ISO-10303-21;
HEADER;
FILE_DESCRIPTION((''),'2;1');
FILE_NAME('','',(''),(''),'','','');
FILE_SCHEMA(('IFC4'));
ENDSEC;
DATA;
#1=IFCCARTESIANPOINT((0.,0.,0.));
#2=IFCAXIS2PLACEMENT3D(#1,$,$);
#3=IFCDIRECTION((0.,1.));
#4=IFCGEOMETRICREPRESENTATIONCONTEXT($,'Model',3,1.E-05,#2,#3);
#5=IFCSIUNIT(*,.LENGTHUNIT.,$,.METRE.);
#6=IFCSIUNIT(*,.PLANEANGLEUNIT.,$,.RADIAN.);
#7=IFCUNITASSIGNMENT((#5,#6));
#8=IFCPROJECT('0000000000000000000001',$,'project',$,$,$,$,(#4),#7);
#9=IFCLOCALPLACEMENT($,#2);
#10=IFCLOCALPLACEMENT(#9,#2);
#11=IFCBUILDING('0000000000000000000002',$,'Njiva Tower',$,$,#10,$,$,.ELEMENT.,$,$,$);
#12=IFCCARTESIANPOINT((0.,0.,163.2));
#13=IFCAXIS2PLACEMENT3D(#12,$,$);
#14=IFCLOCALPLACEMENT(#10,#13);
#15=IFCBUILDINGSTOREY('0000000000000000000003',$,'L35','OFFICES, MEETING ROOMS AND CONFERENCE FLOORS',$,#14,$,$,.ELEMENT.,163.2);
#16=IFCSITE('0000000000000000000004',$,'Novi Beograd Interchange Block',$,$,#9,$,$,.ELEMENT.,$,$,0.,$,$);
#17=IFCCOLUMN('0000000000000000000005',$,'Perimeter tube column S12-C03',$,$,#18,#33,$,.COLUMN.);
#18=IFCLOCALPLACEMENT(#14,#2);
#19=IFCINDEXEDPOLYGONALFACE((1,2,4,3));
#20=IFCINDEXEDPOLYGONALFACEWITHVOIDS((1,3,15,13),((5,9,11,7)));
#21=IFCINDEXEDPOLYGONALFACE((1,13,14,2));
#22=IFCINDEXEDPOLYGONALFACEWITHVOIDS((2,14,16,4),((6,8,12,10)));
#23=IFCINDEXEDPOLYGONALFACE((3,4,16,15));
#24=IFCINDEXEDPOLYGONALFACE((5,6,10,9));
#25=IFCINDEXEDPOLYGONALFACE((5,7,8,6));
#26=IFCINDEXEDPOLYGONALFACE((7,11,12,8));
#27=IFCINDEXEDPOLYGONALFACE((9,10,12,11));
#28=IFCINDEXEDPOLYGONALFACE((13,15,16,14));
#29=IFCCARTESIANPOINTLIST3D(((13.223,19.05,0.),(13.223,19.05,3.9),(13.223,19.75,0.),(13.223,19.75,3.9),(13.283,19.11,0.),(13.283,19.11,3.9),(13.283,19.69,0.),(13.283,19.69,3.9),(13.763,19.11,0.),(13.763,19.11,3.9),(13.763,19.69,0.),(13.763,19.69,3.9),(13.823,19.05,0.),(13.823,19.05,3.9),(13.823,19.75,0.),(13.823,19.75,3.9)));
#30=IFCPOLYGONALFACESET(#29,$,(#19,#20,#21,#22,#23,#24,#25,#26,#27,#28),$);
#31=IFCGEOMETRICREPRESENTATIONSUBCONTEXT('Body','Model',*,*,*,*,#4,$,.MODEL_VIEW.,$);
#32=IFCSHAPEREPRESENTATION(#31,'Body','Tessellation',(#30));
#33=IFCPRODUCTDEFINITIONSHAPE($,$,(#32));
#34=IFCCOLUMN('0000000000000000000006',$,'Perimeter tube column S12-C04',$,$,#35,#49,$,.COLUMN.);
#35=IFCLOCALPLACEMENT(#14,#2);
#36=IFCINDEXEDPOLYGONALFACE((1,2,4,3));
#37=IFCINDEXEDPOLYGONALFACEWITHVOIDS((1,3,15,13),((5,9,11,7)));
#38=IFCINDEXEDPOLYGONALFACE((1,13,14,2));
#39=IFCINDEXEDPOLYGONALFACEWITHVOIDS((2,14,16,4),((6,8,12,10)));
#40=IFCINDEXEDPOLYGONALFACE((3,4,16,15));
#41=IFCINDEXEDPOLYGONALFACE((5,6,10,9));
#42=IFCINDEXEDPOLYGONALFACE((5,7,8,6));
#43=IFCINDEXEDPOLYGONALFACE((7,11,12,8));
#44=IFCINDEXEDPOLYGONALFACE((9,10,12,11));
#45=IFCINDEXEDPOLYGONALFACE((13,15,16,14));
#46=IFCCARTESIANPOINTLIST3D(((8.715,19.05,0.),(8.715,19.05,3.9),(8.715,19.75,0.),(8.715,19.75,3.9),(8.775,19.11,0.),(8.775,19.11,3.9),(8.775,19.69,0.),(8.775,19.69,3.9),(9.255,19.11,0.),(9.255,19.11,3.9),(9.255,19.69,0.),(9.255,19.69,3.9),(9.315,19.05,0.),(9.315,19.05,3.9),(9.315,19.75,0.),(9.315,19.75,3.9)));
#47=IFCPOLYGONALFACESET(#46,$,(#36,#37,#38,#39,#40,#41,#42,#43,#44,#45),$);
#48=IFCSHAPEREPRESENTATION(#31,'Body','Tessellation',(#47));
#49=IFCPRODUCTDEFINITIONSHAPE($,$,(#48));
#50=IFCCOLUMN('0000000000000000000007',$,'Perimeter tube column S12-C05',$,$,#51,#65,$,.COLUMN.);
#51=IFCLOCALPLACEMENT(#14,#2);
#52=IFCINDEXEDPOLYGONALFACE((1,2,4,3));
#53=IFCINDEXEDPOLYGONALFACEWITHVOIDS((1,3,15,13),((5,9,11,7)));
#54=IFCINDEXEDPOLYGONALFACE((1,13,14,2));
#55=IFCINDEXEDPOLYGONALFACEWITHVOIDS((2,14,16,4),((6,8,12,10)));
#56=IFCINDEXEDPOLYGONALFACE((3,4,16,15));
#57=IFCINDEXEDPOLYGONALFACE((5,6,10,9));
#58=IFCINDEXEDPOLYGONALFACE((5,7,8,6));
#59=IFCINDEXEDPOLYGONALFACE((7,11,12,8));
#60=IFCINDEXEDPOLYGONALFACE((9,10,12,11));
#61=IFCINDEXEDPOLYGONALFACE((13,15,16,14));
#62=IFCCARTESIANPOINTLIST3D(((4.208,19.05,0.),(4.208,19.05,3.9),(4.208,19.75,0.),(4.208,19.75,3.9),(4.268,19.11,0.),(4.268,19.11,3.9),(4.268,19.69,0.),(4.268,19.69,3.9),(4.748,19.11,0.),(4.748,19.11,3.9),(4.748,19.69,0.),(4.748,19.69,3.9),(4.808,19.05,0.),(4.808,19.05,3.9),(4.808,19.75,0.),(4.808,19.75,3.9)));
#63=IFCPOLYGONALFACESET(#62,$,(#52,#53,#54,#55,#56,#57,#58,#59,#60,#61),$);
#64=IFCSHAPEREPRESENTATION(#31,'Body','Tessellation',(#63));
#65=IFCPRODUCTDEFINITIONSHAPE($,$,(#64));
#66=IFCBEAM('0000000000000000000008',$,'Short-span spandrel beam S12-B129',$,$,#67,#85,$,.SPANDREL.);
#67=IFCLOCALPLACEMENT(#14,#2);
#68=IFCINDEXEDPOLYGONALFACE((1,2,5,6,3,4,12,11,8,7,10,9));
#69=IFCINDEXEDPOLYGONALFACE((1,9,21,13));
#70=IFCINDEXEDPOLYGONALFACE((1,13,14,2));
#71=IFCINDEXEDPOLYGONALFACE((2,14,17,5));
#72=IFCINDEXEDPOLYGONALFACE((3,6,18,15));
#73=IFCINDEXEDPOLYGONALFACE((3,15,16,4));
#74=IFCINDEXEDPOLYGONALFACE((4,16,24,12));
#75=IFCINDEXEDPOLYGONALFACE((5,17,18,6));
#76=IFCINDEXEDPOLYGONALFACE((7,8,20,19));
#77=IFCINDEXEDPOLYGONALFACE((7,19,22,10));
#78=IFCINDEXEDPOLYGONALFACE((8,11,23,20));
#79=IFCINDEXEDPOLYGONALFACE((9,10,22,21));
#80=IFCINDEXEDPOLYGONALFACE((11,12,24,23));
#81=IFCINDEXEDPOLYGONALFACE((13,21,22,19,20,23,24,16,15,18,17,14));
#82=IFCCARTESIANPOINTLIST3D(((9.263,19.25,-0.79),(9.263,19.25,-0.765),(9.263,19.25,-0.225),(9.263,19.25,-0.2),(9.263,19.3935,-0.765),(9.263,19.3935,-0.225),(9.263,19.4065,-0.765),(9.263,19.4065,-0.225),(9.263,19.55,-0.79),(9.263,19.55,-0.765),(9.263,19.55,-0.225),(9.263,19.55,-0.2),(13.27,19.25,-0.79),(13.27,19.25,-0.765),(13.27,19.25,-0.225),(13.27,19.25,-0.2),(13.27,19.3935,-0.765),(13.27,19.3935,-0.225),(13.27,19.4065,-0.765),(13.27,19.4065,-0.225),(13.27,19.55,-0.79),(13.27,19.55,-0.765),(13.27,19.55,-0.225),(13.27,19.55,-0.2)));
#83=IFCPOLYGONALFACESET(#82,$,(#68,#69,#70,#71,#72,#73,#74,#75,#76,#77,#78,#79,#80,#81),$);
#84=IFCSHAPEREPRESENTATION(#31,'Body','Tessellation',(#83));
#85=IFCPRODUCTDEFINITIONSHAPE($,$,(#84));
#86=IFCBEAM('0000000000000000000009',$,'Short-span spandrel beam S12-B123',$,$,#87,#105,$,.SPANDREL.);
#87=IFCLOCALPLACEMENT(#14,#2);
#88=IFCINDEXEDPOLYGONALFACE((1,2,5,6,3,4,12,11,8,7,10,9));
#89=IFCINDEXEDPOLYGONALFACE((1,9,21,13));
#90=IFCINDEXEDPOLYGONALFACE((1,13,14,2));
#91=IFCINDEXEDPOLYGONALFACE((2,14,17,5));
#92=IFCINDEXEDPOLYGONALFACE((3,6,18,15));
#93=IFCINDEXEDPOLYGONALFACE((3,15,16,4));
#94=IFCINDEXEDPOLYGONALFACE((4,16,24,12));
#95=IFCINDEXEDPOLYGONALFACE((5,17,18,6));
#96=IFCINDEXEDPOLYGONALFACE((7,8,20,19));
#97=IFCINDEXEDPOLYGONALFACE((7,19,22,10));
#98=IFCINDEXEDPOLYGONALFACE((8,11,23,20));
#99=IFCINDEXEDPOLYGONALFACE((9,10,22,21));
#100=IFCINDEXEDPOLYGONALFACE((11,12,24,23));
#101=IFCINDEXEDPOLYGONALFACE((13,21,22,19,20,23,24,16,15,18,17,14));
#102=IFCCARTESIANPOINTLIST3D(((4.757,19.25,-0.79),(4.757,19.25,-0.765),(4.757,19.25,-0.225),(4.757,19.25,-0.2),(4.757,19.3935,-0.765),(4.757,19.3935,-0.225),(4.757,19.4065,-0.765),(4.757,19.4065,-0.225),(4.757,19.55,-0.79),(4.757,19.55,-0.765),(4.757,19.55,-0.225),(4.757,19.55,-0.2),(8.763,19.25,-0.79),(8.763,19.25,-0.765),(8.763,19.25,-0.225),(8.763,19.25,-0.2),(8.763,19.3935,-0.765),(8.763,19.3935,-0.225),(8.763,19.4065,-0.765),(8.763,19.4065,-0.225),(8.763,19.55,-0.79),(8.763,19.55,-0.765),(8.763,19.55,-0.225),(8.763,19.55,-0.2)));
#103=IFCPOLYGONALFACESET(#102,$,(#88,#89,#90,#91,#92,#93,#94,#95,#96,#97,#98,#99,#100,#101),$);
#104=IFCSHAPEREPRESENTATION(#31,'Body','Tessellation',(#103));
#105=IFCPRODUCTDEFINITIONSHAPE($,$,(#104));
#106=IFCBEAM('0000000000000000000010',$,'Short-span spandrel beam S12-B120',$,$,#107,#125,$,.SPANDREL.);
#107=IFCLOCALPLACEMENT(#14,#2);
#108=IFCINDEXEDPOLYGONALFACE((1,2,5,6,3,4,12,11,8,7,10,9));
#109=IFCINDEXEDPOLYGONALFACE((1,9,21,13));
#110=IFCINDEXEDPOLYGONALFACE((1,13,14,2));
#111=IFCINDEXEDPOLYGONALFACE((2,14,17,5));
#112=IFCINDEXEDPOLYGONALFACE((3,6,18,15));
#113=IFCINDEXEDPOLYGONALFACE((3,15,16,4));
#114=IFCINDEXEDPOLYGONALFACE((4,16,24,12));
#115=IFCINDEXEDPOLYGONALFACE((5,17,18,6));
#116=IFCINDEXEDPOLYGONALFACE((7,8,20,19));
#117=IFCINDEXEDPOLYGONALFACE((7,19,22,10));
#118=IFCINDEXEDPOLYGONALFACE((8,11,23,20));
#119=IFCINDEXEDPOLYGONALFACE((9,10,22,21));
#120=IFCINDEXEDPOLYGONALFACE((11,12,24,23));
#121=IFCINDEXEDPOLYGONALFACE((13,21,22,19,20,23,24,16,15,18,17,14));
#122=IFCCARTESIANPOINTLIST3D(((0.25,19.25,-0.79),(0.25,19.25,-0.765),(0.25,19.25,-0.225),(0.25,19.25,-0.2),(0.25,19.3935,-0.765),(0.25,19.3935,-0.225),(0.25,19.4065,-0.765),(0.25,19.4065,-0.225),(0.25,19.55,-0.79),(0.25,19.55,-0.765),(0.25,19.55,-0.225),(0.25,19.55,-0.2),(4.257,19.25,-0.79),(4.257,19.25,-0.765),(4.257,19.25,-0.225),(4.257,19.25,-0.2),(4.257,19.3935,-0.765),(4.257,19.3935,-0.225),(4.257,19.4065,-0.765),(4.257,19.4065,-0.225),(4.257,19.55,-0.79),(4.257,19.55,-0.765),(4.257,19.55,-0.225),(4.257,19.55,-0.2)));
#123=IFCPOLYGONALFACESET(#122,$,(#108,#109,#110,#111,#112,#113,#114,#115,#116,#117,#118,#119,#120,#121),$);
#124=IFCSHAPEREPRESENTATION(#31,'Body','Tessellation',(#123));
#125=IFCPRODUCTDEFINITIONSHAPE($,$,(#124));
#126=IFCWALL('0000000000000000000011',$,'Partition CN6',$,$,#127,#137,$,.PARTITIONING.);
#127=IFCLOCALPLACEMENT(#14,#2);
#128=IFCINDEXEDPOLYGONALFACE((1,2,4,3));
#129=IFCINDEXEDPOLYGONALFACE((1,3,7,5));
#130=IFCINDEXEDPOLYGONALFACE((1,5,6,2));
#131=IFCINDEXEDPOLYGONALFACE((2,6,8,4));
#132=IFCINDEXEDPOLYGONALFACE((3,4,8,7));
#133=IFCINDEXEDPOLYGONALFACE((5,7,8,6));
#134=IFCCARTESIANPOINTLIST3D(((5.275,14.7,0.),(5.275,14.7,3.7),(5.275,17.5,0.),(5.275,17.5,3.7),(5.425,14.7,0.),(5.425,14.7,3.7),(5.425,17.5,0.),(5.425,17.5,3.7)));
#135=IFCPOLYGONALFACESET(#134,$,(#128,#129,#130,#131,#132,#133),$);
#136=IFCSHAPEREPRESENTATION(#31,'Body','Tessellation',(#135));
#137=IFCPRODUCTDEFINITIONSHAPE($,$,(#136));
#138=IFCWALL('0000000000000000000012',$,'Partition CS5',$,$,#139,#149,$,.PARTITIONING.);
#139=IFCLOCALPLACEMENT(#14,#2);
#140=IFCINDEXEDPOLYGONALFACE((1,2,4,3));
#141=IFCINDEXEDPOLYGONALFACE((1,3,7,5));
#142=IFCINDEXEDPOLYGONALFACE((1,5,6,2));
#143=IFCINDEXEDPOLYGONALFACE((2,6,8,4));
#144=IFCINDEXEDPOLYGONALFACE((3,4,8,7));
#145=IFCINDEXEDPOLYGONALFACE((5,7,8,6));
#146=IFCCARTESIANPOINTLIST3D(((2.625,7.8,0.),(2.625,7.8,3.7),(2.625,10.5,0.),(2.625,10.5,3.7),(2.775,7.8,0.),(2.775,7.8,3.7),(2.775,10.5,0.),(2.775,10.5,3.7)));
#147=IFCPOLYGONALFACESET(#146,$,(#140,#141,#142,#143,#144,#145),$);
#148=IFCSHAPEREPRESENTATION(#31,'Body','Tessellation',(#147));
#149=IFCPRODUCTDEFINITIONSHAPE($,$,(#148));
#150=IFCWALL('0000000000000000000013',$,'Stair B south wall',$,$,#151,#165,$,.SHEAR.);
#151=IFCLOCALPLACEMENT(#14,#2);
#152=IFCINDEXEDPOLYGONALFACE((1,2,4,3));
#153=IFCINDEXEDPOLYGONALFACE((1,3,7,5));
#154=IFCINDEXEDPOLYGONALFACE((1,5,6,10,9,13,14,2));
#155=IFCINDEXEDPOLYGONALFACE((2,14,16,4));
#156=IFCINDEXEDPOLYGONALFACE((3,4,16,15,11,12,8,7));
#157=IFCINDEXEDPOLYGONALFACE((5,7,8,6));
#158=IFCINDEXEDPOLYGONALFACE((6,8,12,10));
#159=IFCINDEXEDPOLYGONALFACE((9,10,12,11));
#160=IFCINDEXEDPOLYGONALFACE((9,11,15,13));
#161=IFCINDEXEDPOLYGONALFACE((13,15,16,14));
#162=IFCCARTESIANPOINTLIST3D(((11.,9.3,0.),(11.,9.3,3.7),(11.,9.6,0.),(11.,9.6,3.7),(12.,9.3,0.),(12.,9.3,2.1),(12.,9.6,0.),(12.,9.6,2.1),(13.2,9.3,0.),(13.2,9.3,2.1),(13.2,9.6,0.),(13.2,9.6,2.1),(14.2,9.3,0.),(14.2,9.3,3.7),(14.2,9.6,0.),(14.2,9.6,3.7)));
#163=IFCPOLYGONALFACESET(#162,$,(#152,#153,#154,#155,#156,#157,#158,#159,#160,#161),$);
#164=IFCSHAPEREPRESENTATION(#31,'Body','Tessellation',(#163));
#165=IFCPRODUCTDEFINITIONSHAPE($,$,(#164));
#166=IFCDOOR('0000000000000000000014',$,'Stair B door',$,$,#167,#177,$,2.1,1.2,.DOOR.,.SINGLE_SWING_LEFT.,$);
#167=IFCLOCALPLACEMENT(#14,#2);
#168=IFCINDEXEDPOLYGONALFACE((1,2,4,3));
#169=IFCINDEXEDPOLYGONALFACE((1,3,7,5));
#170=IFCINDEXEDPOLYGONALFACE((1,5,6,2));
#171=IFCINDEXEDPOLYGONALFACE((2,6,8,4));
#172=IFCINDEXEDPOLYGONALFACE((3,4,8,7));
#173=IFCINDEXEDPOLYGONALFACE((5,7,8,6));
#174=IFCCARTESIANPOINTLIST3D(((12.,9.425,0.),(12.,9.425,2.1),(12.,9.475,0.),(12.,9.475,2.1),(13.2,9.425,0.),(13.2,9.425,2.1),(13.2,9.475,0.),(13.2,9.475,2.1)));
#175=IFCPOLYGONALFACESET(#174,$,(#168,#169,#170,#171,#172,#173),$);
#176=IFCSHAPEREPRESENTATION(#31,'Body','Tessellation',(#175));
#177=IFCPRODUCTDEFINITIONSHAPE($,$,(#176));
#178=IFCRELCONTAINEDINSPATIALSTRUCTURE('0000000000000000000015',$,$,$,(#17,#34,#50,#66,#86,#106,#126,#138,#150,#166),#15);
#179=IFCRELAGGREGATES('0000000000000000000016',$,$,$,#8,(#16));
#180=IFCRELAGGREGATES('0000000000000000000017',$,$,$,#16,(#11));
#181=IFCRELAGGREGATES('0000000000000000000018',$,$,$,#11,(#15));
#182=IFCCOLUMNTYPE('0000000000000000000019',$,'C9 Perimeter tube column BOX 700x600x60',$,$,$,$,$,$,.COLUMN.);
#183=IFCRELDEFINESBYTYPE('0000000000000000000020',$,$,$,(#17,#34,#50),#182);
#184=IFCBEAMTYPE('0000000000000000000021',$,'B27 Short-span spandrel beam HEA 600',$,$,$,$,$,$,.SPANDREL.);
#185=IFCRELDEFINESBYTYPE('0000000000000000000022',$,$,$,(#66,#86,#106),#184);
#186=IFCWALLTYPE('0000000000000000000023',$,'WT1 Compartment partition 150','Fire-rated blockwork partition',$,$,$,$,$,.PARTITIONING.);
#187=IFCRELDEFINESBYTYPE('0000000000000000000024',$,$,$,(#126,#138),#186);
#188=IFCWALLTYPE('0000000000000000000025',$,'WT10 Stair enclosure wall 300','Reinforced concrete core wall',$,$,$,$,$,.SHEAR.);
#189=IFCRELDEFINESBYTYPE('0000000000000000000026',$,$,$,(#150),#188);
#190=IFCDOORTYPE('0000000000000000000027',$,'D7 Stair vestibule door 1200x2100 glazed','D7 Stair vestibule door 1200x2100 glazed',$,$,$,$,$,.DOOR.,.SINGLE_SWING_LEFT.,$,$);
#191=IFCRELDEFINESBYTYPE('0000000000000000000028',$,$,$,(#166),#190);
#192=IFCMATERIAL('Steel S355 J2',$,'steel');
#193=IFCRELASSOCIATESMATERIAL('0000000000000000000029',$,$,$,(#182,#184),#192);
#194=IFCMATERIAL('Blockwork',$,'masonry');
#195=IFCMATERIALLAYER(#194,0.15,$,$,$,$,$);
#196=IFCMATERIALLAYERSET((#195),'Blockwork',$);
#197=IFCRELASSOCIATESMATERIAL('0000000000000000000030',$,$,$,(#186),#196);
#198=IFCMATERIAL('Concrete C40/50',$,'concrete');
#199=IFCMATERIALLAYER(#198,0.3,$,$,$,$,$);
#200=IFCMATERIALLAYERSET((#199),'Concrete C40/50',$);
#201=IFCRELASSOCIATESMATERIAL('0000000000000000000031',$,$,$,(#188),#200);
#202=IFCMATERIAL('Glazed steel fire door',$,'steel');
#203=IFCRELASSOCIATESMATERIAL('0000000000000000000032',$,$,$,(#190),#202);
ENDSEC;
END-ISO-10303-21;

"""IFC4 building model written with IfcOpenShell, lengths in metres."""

from ifc_helpers import new_model, si_unit, direction, frame, frame_2d, origin, origin_2d, place, context, subcontext, project, spatial, rectangle, hollow_rectangle, i_section, extrude, material, layer, layer_set, material_profile, profile_set, type_object, element, fill, save


model = new_model("IFC4")

# Units and contexts
model_context = context("Model", 3, precision=1e-05, world=origin(), true_north=direction((0.0, 1.0)))
body_context = subcontext(model_context, "Body", "Model", "MODEL_VIEW")
ifc_project = project(units=[si_unit("LENGTHUNIT", "METRE"), si_unit("PLANEANGLEUNIT", "RADIAN")], contexts=[model_context])

# Site, building, storey
site_placement = place(None, origin())
site = spatial("IfcSite", under=ifc_project, at=site_placement, Name="Novi Beograd Interchange Block", CompositionType="ELEMENT", RefElevation=0.0)
building_placement = place(site_placement, origin())
building = spatial("IfcBuilding", under=site, at=building_placement, Name="Njiva Tower", CompositionType="ELEMENT")
storey_placement = place(building_placement, frame((0.0, 0.0, 163.2)))
storey = spatial("IfcBuildingStorey", under=building, at=storey_placement, Name="L35", Description="OFFICES, MEETING ROOMS AND CONFERENCE FLOORS", CompositionType="ELEMENT", Elevation=163.2)

# Columns
ifc_material_1 = material(Name="Steel S355 J2", Category="steel")
ifc_material_profile_1 = material_profile(ifc_material_1, hollow_rectangle(XDim=0.6, YDim=0.7, WallThickness=0.06, at=origin_2d()), Name="BOX 700x600x60")
ifc_profile_set_1 = profile_set([ifc_material_profile_1], Name="Steel S355 J2")
column_type = type_object("IfcColumnType", Name="C9 Perimeter tube column BOX 700x600x60", PredefinedType="COLUMN", material=ifc_profile_set_1)
for number, where, z_axis, x_axis, name in (
    (1, (13.523, 19.4, 0.0), (0.0, 0.0, 1.0), (-1.0, 0.0, 0.0), "Perimeter tube column S12-C03"),
    (2, (9.015, 19.4, 0.0), (0.0, 0.0, 1.0), (-1.0, 0.0, 0.0), "Perimeter tube column S12-C04"),
    (3, (4.508, 19.4, 0.0), (0.0, 0.0, 1.0), (-1.0, 0.0, 0.0), "Perimeter tube column S12-C05"),
):
    element("IfcColumn", number, at=place(storey_placement, frame(where, z_axis=z_axis, x_axis=x_axis)), inside=storey, type_object=column_type, Name=name, PredefinedType="COLUMN", context=body_context, shape_type="SweptSolid", body=[
        extrude(hollow_rectangle(XDim=0.6, YDim=0.7, WallThickness=0.06, at=origin_2d()), origin(), (0.0, 0.0, 1.0), 3.9),
    ])

# Beams
ifc_material_profile_2 = material_profile(ifc_material_1, i_section(OverallWidth=0.3, OverallDepth=0.59, WebThickness=0.013, FlangeThickness=0.025, at=origin_2d()), Name="HEA 600")
ifc_profile_set_2 = profile_set([ifc_material_profile_2], Name="Steel S355 J2")
beam_type = type_object("IfcBeamType", Name="B27 Short-span spandrel beam HEA 600", PredefinedType="SPANDREL", material=ifc_profile_set_2)
beam_1_placement = place(storey_placement, frame((13.27, 19.4, -0.495), z_axis=(-1.0, 0.0, 0.0), x_axis=(0.0, -1.0, 0.0)))
element("IfcBeam", 4, at=beam_1_placement, inside=storey, type_object=beam_type, Name="Short-span spandrel beam S12-B129", PredefinedType="SPANDREL", context=body_context, shape_type="SweptSolid", body=[
    extrude(i_section(OverallWidth=0.3, OverallDepth=0.59, WebThickness=0.013, FlangeThickness=0.025, at=origin_2d()), origin(), (0.0, 0.0, 1.0), 4.007),
])
beam_2_placement = place(storey_placement, frame((8.763, 19.4, -0.495), z_axis=(-1.0, 0.0, 0.0), x_axis=(0.0, -1.0, 0.0)))
element("IfcBeam", 5, at=beam_2_placement, inside=storey, type_object=beam_type, Name="Short-span spandrel beam S12-B123", PredefinedType="SPANDREL", context=body_context, shape_type="SweptSolid", body=[
    extrude(i_section(OverallWidth=0.3, OverallDepth=0.59, WebThickness=0.013, FlangeThickness=0.025, at=origin_2d()), origin(), (0.0, 0.0, 1.0), 4.006),
])
beam_3_placement = place(storey_placement, frame((4.257, 19.4, -0.495), z_axis=(-1.0, 0.0, 0.0), x_axis=(0.0, -1.0, 0.0)))
element("IfcBeam", 6, at=beam_3_placement, inside=storey, type_object=beam_type, Name="Short-span spandrel beam S12-B120", PredefinedType="SPANDREL", context=body_context, shape_type="SweptSolid", body=[
    extrude(i_section(OverallWidth=0.3, OverallDepth=0.59, WebThickness=0.013, FlangeThickness=0.025, at=origin_2d()), origin(), (0.0, 0.0, 1.0), 4.007),
])

# Walls
ifc_material_2 = material(Name="Blockwork", Category="masonry")
ifc_layer_1 = layer(ifc_material_2, 0.15)
ifc_layer_set_1 = layer_set([ifc_layer_1], Name="Blockwork")
wall_type_1 = type_object("IfcWallType", Name="WT1 Compartment partition 150", Description="Fire-rated blockwork partition", PredefinedType="PARTITIONING", material=ifc_layer_set_1)
wall_1_placement = place(storey_placement, frame((5.35, 14.7, 0.0), z_axis=(0.0, 0.0, 1.0), x_axis=(0.0, 1.0, 0.0)))
element("IfcWall", 7, at=wall_1_placement, inside=storey, type_object=wall_type_1, Name="Partition CN6", PredefinedType="PARTITIONING", context=body_context, shape_type="SweptSolid", body=[
    extrude(rectangle(XDim=2.8, YDim=0.15, at=frame_2d((1.4, 0.0))), origin(), (0.0, 0.0, 1.0), 3.7),
])
wall_2_placement = place(storey_placement, frame((2.7, 7.8, 0.0), z_axis=(0.0, 0.0, 1.0), x_axis=(0.0, 1.0, 0.0)))
element("IfcWall", 8, at=wall_2_placement, inside=storey, type_object=wall_type_1, Name="Partition CS5", PredefinedType="PARTITIONING", context=body_context, shape_type="SweptSolid", body=[
    extrude(rectangle(XDim=2.7, YDim=0.15, at=frame_2d((1.35, 0.0))), origin(), (0.0, 0.0, 1.0), 3.7),
])

# Wall, opening, door
ifc_material_3 = material(Name="Concrete C40/50", Category="concrete")
ifc_layer_2 = layer(ifc_material_3, 0.3)
ifc_layer_set_2 = layer_set([ifc_layer_2], Name="Concrete C40/50")
wall_type_2 = type_object("IfcWallType", Name="WT10 Stair enclosure wall 300", Description="Reinforced concrete core wall", PredefinedType="SHEAR", material=ifc_layer_set_2)
wall_3_placement = place(storey_placement, frame((11.0, 9.45, 0.0), z_axis=(0.0, 0.0, 1.0), x_axis=(1.0, 0.0, 0.0)))
wall_3 = element("IfcWall", 9, at=wall_3_placement, inside=storey, type_object=wall_type_2, Name="Stair B south wall", PredefinedType="SHEAR", context=body_context, shape_type="SweptSolid", body=[
    extrude(rectangle(XDim=3.2, YDim=0.3, at=frame_2d((1.6, 0.0))), origin(), (0.0, 0.0, 1.0), 3.7),
])
opening_1_placement = place(wall_3_placement, frame((1.0, 0.0, 0.0)))
opening_1 = element("IfcOpeningElement", 10, at=opening_1_placement, cuts=wall_3, PredefinedType="OPENING", context=body_context, shape_type="SweptSolid", body=[
    extrude(rectangle(XDim=1.2, YDim=2.1, at=frame_2d((0.6, 1.05))), frame((0.0, 0.16, 0.0), z_axis=(0.0, -1.0, 0.0), x_axis=(1.0, 0.0, 0.0)), (0.0, 0.0, 1.0), 0.32),
])
ifc_material_4 = material(Name="Glazed steel fire door", Category="steel")
door_type_1 = type_object("IfcDoorType", Name="D7 Stair vestibule door 1200x2100 glazed", Description="D7 Stair vestibule door 1200x2100 glazed", OperationType="SINGLE_SWING_LEFT", PredefinedType="DOOR", material=ifc_material_4)
door_1_placement = place(opening_1_placement, origin())
door_1 = element("IfcDoor", 11, at=door_1_placement, inside=storey, type_object=door_type_1, Name="Stair B door", OperationType="SINGLE_SWING_LEFT", OverallHeight=2.1, OverallWidth=1.2, PredefinedType="DOOR", context=body_context, shape_type="SweptSolid", body=[
    extrude(rectangle(XDim=1.2, YDim=2.1, at=frame_2d((0.6, 1.05))), frame((0.0, 0.025, 0.0), z_axis=(0.0, -1.0, 0.0), x_axis=(1.0, 0.0, 0.0)), (0.0, 0.0, 1.0), 0.05),
])
fill(opening_1, door_1)

save(model, "model.ifc")
